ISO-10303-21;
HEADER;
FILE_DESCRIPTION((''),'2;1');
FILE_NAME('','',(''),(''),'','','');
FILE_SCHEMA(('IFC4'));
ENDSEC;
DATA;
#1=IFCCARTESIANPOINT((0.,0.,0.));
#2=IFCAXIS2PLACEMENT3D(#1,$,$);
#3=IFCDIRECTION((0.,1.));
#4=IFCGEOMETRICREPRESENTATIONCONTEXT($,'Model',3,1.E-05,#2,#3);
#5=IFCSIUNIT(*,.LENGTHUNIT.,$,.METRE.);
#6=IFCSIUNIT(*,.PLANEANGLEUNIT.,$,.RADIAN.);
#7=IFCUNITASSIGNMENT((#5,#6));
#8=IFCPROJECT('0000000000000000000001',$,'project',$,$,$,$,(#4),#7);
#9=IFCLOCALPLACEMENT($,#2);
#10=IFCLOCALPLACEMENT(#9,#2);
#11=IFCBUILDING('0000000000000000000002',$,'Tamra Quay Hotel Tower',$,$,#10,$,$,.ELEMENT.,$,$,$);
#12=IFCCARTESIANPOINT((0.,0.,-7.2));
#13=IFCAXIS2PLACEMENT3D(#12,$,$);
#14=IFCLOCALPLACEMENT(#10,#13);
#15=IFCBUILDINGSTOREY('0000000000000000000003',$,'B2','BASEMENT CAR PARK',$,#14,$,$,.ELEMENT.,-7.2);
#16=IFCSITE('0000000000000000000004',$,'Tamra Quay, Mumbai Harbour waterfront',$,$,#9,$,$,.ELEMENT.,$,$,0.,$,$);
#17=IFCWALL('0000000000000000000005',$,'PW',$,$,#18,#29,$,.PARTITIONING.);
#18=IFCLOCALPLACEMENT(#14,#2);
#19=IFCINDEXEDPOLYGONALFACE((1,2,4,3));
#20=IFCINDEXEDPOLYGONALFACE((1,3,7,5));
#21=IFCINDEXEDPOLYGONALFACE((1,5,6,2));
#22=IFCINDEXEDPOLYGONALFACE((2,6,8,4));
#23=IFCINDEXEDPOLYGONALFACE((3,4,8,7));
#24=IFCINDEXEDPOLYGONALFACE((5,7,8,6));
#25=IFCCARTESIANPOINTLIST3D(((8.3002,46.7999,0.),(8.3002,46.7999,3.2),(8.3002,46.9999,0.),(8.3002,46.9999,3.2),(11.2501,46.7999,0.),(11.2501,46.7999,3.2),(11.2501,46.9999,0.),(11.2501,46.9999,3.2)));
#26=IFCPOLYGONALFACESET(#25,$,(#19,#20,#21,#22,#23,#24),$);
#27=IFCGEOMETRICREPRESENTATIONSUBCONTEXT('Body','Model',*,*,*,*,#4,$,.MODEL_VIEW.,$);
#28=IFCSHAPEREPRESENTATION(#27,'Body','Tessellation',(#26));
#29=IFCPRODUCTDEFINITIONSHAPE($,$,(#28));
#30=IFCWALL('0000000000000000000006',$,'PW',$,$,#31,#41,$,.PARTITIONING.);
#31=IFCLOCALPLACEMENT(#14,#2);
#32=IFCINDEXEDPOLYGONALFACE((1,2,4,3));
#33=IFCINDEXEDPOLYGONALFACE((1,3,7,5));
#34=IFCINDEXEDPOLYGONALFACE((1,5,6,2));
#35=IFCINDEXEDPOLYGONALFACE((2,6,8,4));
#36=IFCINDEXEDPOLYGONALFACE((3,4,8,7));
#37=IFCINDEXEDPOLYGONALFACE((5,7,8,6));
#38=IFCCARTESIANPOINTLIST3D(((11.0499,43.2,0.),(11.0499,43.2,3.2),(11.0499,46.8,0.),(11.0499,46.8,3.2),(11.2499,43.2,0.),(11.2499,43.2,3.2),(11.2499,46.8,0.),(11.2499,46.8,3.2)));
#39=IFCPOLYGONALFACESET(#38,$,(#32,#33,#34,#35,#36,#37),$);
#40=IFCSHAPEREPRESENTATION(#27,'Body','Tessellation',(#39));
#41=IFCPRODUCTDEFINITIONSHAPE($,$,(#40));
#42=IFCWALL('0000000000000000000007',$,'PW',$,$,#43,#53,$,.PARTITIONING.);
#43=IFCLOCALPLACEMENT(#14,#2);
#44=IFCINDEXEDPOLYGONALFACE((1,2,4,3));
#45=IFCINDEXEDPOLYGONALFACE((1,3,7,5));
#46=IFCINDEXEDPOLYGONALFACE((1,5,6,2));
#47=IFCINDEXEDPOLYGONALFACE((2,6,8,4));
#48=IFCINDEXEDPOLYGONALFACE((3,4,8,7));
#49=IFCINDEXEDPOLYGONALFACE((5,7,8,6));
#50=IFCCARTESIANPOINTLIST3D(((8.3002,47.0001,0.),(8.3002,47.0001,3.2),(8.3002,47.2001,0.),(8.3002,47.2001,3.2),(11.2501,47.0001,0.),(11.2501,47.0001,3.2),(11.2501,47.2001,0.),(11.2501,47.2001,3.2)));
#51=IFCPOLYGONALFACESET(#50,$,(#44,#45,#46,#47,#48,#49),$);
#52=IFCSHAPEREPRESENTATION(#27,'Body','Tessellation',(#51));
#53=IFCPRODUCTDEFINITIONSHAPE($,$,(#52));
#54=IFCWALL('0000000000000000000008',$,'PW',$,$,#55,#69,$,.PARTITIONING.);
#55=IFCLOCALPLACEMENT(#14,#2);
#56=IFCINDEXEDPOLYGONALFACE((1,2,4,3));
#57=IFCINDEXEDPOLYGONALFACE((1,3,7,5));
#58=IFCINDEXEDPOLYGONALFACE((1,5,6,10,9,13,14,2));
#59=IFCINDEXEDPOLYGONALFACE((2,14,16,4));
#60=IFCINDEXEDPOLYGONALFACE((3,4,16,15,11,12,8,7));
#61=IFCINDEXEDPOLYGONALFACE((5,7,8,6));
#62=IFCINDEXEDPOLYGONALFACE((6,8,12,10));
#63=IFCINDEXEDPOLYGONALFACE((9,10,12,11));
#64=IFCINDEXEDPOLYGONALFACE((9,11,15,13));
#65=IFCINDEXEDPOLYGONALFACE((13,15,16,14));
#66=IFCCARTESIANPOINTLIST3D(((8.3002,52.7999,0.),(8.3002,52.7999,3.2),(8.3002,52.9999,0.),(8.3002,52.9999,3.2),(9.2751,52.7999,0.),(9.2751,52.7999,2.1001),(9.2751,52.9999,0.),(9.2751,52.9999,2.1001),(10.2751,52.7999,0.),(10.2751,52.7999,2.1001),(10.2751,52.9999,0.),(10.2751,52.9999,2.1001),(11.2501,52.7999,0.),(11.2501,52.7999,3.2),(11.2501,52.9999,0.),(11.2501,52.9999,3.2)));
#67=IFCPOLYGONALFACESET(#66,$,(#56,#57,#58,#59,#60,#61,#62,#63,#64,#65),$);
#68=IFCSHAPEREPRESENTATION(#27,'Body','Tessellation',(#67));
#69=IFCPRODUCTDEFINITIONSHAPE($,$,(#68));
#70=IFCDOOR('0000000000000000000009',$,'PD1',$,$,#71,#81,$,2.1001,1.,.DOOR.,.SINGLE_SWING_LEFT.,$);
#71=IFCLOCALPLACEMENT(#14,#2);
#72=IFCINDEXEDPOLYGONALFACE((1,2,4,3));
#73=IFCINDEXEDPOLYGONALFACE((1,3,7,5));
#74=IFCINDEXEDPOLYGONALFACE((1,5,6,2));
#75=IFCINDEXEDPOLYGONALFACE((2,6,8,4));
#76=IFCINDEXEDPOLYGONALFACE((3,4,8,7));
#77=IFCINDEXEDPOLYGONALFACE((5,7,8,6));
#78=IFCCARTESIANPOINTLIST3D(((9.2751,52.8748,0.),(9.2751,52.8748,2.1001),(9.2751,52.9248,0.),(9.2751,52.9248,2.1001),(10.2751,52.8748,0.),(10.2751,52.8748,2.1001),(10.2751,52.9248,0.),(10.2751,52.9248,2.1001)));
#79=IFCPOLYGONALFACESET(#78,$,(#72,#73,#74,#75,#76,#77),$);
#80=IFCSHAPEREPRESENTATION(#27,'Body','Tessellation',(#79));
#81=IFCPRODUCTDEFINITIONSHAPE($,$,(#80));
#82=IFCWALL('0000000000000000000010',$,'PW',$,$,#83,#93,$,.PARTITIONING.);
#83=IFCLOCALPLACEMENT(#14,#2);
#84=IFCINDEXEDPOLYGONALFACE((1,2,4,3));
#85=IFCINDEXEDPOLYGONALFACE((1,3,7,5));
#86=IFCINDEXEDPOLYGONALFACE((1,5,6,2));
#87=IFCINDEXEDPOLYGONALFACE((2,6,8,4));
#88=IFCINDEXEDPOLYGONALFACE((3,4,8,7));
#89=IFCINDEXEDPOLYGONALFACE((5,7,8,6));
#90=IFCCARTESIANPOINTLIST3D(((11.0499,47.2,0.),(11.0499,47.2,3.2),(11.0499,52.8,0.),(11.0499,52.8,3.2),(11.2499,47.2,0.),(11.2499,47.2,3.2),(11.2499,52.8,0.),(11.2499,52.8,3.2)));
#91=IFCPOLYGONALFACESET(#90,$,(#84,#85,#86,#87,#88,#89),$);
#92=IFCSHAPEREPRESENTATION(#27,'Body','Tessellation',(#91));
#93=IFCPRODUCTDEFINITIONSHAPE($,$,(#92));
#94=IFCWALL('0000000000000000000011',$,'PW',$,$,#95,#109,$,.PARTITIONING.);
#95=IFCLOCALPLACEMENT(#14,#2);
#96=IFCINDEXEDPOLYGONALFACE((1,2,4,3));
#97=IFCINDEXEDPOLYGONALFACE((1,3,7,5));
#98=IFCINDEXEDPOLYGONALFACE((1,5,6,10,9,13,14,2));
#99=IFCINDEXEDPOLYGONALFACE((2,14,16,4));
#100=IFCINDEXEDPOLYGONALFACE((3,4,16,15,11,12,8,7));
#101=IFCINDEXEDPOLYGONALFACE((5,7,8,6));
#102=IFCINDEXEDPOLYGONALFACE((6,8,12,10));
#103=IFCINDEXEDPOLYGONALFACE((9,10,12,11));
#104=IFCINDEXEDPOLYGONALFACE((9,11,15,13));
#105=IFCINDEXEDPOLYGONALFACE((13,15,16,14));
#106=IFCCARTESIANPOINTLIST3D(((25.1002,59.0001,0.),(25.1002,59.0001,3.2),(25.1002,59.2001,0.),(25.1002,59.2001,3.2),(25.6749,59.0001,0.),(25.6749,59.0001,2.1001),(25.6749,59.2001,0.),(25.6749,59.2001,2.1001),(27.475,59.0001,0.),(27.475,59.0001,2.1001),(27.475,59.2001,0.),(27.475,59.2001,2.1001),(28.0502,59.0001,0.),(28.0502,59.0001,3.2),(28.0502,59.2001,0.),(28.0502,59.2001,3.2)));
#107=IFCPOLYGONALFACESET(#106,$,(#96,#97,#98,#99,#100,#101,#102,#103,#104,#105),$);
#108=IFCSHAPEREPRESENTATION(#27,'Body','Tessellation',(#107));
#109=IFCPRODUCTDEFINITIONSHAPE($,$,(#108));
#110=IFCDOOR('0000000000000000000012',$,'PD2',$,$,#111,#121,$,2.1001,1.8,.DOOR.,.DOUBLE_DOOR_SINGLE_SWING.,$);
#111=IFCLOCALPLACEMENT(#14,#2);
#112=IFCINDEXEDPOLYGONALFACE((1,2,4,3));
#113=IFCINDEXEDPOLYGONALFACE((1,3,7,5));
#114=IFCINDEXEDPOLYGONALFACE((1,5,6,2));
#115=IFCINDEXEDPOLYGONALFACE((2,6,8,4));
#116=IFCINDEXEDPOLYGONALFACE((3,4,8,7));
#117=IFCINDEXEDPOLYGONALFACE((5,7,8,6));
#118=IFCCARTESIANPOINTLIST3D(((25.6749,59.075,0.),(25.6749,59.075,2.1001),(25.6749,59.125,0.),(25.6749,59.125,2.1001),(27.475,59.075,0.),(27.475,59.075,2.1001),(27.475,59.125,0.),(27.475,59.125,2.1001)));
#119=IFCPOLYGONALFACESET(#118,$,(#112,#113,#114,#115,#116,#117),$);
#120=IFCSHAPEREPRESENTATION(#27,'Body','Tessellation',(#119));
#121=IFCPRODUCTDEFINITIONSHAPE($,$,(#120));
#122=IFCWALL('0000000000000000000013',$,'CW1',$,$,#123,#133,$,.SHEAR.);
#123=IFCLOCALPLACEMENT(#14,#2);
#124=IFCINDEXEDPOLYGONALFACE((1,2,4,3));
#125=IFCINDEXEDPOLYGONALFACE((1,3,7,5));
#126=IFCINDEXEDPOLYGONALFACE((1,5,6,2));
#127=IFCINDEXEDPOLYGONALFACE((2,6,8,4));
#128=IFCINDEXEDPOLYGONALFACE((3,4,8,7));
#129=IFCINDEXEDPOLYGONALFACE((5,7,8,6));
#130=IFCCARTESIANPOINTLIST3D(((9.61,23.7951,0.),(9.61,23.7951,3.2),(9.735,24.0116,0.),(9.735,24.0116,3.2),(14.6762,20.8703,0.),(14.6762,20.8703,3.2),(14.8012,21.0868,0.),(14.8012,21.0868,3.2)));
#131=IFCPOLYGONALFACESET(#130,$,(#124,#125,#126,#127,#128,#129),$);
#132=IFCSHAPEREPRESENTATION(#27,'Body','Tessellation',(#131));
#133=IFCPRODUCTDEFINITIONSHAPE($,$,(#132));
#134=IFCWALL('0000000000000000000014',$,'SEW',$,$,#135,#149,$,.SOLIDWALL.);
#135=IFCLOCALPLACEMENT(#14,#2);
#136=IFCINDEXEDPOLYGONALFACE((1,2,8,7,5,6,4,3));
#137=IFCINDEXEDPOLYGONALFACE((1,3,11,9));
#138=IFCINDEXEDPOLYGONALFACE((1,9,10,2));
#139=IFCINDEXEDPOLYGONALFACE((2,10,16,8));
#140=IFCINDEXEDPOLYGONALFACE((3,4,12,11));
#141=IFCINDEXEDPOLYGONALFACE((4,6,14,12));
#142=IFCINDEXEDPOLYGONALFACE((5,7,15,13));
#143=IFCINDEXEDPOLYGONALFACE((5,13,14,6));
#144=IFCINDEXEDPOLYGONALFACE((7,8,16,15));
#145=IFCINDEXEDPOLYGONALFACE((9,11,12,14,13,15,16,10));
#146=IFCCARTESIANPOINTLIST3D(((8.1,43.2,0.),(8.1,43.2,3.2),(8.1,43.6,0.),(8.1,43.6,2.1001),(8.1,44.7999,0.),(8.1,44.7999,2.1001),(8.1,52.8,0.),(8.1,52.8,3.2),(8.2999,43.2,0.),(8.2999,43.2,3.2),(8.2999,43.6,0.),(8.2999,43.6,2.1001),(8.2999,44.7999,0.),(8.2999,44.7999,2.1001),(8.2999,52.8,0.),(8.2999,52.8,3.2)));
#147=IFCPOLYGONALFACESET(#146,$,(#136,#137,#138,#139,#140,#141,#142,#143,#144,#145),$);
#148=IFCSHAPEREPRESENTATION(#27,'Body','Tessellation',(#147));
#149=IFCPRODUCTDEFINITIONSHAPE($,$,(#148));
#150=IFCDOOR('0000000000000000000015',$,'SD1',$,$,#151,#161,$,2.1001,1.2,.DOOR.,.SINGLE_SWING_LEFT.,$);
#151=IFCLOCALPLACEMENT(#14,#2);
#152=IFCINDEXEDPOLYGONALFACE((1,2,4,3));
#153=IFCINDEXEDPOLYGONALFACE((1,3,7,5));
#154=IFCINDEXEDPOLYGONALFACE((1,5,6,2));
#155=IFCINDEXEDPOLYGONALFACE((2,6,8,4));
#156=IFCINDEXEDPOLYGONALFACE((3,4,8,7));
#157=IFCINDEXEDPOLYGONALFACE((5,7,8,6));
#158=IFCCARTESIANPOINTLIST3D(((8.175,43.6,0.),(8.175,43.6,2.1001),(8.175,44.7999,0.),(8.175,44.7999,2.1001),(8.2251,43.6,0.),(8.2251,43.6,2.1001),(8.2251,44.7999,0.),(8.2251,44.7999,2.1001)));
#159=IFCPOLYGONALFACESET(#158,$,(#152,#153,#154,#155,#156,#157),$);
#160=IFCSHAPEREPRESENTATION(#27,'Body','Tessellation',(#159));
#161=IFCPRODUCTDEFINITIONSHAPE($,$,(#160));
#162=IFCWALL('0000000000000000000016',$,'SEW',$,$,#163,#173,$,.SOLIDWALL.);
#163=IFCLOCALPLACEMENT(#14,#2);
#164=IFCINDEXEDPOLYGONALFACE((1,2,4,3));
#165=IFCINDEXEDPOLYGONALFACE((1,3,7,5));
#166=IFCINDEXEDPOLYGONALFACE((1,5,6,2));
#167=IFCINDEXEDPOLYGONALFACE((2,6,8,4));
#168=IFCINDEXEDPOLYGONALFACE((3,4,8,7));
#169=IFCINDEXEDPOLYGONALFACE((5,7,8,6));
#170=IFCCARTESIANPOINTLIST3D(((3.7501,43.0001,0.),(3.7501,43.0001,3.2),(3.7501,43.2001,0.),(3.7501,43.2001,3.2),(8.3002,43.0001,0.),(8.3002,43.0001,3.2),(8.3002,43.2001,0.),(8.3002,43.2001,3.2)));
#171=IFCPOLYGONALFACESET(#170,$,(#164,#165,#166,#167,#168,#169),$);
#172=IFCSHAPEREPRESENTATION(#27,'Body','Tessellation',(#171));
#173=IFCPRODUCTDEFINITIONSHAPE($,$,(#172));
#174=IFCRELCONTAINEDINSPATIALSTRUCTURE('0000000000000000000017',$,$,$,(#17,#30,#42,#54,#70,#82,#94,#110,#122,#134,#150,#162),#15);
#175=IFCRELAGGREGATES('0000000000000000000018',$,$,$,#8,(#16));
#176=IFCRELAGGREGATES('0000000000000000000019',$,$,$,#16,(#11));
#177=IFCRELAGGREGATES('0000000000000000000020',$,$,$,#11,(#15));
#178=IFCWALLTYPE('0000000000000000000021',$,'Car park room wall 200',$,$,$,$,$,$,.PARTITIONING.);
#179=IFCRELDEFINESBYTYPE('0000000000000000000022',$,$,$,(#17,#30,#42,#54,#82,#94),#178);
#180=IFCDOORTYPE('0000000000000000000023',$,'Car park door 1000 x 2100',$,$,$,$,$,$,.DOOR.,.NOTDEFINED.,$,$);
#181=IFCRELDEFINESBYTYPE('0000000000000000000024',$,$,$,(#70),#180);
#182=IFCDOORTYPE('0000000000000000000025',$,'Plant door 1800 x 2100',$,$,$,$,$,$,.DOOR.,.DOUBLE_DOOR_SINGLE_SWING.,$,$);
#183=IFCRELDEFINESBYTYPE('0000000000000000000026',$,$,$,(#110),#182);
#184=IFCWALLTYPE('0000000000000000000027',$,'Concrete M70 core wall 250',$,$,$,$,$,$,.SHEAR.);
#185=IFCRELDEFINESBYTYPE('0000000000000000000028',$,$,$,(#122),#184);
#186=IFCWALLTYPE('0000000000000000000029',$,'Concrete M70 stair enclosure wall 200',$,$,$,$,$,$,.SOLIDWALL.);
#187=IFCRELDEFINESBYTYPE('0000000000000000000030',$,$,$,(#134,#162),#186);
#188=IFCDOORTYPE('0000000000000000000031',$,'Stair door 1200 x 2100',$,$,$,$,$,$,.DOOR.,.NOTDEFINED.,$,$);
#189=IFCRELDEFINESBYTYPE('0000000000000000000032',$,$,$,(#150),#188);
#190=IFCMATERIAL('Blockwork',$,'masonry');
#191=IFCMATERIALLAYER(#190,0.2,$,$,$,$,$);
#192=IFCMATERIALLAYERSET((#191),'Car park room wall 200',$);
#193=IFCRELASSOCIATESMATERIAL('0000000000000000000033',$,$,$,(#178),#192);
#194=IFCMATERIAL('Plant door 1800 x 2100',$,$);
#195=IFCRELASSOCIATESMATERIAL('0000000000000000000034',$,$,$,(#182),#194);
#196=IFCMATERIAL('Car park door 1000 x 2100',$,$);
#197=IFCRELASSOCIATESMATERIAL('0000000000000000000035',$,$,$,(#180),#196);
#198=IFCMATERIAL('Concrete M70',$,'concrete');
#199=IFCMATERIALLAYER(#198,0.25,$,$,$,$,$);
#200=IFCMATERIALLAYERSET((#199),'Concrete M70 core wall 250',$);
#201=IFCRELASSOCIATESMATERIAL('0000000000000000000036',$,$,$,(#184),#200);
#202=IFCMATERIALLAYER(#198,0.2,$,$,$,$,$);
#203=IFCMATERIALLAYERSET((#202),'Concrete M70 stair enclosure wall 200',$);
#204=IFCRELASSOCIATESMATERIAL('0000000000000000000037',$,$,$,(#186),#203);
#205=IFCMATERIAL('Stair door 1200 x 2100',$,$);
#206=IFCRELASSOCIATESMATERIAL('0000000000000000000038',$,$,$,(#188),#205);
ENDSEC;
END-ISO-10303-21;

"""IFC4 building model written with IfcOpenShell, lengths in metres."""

from ifc_helpers import new_model, si_unit, direction, frame, frame_2d, origin, place, context, subcontext, project, spatial, rectangle, extrude, material, layer, layer_set, type_object, element, fill, save


model = new_model("IFC4")

# Units and contexts
model_context = context("Model", 3, precision=1e-05, world=origin(), true_north=direction((0.0, 1.0)))
body_context = subcontext(model_context, "Body", "Model", "MODEL_VIEW")
ifc_project = project(units=[si_unit("LENGTHUNIT", "METRE"), si_unit("PLANEANGLEUNIT", "RADIAN")], contexts=[model_context])

# Site, building, storey
site_placement = place(None, origin())
site = spatial("IfcSite", under=ifc_project, at=site_placement, Name="Tamra Quay, Mumbai Harbour waterfront", CompositionType="ELEMENT", RefElevation=0.0)
building_placement = place(site_placement, origin())
building = spatial("IfcBuilding", under=site, at=building_placement, Name="Tamra Quay Hotel Tower", CompositionType="ELEMENT")
storey_placement = place(building_placement, frame((0.0, 0.0, -7.2)))
storey = spatial("IfcBuildingStorey", under=building, at=storey_placement, Name="B2", Description="BASEMENT CAR PARK", CompositionType="ELEMENT", Elevation=-7.2)

# Shared definitions
ifc_material_1 = material(Name="Concrete M70", Category="concrete")

# Shared definitions
ifc_material_2 = material(Name="Blockwork", Category="masonry")
ifc_layer_1 = layer(ifc_material_2, 0.2)
ifc_layer_set_1 = layer_set([ifc_layer_1], Name="Car park room wall 200")
wall_type_1 = type_object("IfcWallType", Name="Car park room wall 200", PredefinedType="PARTITIONING", material=ifc_layer_set_1)

# Shared definitions
ifc_material_3 = material(Name="Plant door 1800 x 2100")
door_type_1 = type_object("IfcDoorType", Name="Plant door 1800 x 2100", OperationType="DOUBLE_DOOR_SINGLE_SWING", PredefinedType="DOOR", material=ifc_material_3)

# Walls
wall_1_placement = place(storey_placement, frame((8.3, 46.8999, 0.0), z_axis=(0.0, 0.0, 1.0), x_axis=(1.0, 0.0, 0.0)))
element("IfcWall", 1, at=wall_1_placement, inside=storey, type_object=wall_type_1, Name="PW", PredefinedType="PARTITIONING", context=body_context, shape_type="SweptSolid", body=[
    extrude(rectangle(XDim=2.95, YDim=0.2, at=frame_2d((1.4751, 0.0))), origin(), (0.0, 0.0, 1.0), 3.2),
])
wall_2_placement = place(storey_placement, frame((11.1499, 43.2, 0.0), z_axis=(0.0, 0.0, 1.0), x_axis=(0.0, 1.0, 0.0)))
element("IfcWall", 2, at=wall_2_placement, inside=storey, type_object=wall_type_1, Name="PW", PredefinedType="PARTITIONING", context=body_context, shape_type="SweptSolid", body=[
    extrude(rectangle(XDim=3.6001, YDim=0.2, at=frame_2d((1.8, 0.0))), origin(), (0.0, 0.0, 1.0), 3.2),
])
wall_3_placement = place(storey_placement, frame((8.3, 47.1001, 0.0), z_axis=(0.0, 0.0, 1.0), x_axis=(1.0, 0.0, 0.0)))
element("IfcWall", 3, at=wall_3_placement, inside=storey, type_object=wall_type_1, Name="PW", PredefinedType="PARTITIONING", context=body_context, shape_type="SweptSolid", body=[
    extrude(rectangle(XDim=2.95, YDim=0.2, at=frame_2d((1.4751, 0.0))), origin(), (0.0, 0.0, 1.0), 3.2),
])

# Wall, opening, door
wall_4_placement = place(storey_placement, frame((8.3, 52.8999, 0.0), z_axis=(0.0, 0.0, 1.0), x_axis=(1.0, 0.0, 0.0)))
wall_4 = element("IfcWall", 4, at=wall_4_placement, inside=storey, type_object=wall_type_1, Name="PW", PredefinedType="PARTITIONING", context=body_context, shape_type="SweptSolid", body=[
    extrude(rectangle(XDim=2.95, YDim=0.2, at=frame_2d((1.4751, 0.0))), origin(), (0.0, 0.0, 1.0), 3.2),
])
opening_1_placement = place(wall_4_placement, frame((0.9751, 0.0, 0.0)))
opening_1 = element("IfcOpeningElement", 5, at=opening_1_placement, cuts=wall_4, PredefinedType="OPENING", context=body_context, shape_type="SweptSolid", body=[
    extrude(rectangle(XDim=1.0, YDim=2.1001, at=frame_2d((0.5, 1.05))), frame((0.0, 0.1099, 0.0), z_axis=(0.0, -1.0, 0.0), x_axis=(1.0, 0.0, 0.0)), (0.0, 0.0, 1.0), 0.22),
])
ifc_material_4 = material(Name="Car park door 1000 x 2100")
door_type_2 = type_object("IfcDoorType", Name="Car park door 1000 x 2100", OperationType="NOTDEFINED", PredefinedType="DOOR", material=ifc_material_4)
door_1_placement = place(opening_1_placement, origin())
door_1 = element("IfcDoor", 6, at=door_1_placement, inside=storey, type_object=door_type_2, Name="PD1", OperationType="SINGLE_SWING_LEFT", OverallHeight=2.1001, OverallWidth=1.0, PredefinedType="DOOR", context=body_context, shape_type="SweptSolid", body=[
    extrude(rectangle(XDim=1.0, YDim=2.1001, at=frame_2d((0.5, 1.05))), frame((0.0, 0.0249, 0.0), z_axis=(0.0, -1.0, 0.0), x_axis=(1.0, 0.0, 0.0)), (0.0, 0.0, 1.0), 0.05),
])
fill(opening_1, door_1)

# Wall
wall_5_placement = place(storey_placement, frame((11.1499, 47.2, 0.0), z_axis=(0.0, 0.0, 1.0), x_axis=(0.0, 1.0, 0.0)))
element("IfcWall", 7, at=wall_5_placement, inside=storey, type_object=wall_type_1, Name="PW", PredefinedType="PARTITIONING", context=body_context, shape_type="SweptSolid", body=[
    extrude(rectangle(XDim=5.6001, YDim=0.2, at=frame_2d((2.8, 0.0))), origin(), (0.0, 0.0, 1.0), 3.2),
])

# Wall, opening, door
wall_6_placement = place(storey_placement, frame((25.1001, 59.1001, 0.0), z_axis=(0.0, 0.0, 1.0), x_axis=(1.0, 0.0, 0.0)))
wall_6 = element("IfcWall", 8, at=wall_6_placement, inside=storey, type_object=wall_type_1, Name="PW", PredefinedType="PARTITIONING", context=body_context, shape_type="SweptSolid", body=[
    extrude(rectangle(XDim=2.95, YDim=0.2, at=frame_2d((1.4751, 0.0))), origin(), (0.0, 0.0, 1.0), 3.2),
])
opening_2_placement = place(wall_6_placement, frame((0.575, 0.0, 0.0)))
opening_2 = element("IfcOpeningElement", 9, at=opening_2_placement, cuts=wall_6, PredefinedType="OPENING", context=body_context, shape_type="SweptSolid", body=[
    extrude(rectangle(XDim=1.8, YDim=2.1001, at=frame_2d((0.8999, 1.05))), frame((0.0, 0.1099, 0.0), z_axis=(0.0, -1.0, 0.0), x_axis=(1.0, 0.0, 0.0)), (0.0, 0.0, 1.0), 0.22),
])
door_2_placement = place(opening_2_placement, origin())
door_2 = element("IfcDoor", 10, at=door_2_placement, inside=storey, type_object=door_type_1, Name="PD2", OperationType="DOUBLE_DOOR_SINGLE_SWING", OverallHeight=2.1001, OverallWidth=1.8, PredefinedType="DOOR", context=body_context, shape_type="SweptSolid", body=[
    extrude(rectangle(XDim=1.8, YDim=2.1001, at=frame_2d((0.8999, 1.05))), frame((0.0, 0.0249, 0.0), z_axis=(0.0, -1.0, 0.0), x_axis=(1.0, 0.0, 0.0)), (0.0, 0.0, 1.0), 0.05),
])
fill(opening_2, door_2)

# Wall
ifc_layer_2 = layer(ifc_material_1, 0.25)
ifc_layer_set_2 = layer_set([ifc_layer_2], Name="Concrete M70 core wall 250")
wall_type_2 = type_object("IfcWallType", Name="Concrete M70 core wall 250", PredefinedType="SHEAR", material=ifc_layer_set_2)
wall_7_placement = place(storey_placement, frame((9.6726, 23.9033, 0.0), z_axis=(0.0, 0.0, 1.0), x_axis=(0.866036, -0.499981, 0.0)))
element("IfcWall", 11, at=wall_7_placement, inside=storey, type_object=wall_type_2, Name="CW1", PredefinedType="SHEAR", context=body_context, shape_type="SweptSolid", body=[
    extrude(rectangle(XDim=5.8499, YDim=0.25, at=frame_2d((2.9248, 0.0))), origin(), (0.0, 0.0, 1.0), 3.2),
])

# Wall, opening, door
ifc_layer_3 = layer(ifc_material_1, 0.2)
ifc_layer_set_3 = layer_set([ifc_layer_3], Name="Concrete M70 stair enclosure wall 200")
wall_type_3 = type_object("IfcWallType", Name="Concrete M70 stair enclosure wall 200", PredefinedType="SOLIDWALL", material=ifc_layer_set_3)
wall_8_placement = place(storey_placement, frame((8.2, 43.2, 0.0), z_axis=(0.0, 0.0, 1.0), x_axis=(0.0, 1.0, 0.0)))
wall_8 = element("IfcWall", 12, at=wall_8_placement, inside=storey, type_object=wall_type_3, Name="SEW", PredefinedType="SOLIDWALL", context=body_context, shape_type="SweptSolid", body=[
    extrude(rectangle(XDim=9.6001, YDim=0.2, at=frame_2d((4.8, 0.0))), origin(), (0.0, 0.0, 1.0), 3.2),
])
opening_3_placement = place(wall_8_placement, frame((0.3999, 0.0, 0.0)))
opening_3 = element("IfcOpeningElement", 13, at=opening_3_placement, cuts=wall_8, PredefinedType="OPENING", context=body_context, shape_type="SweptSolid", body=[
    extrude(rectangle(XDim=1.2, YDim=2.1001, at=frame_2d((0.6001, 1.05))), frame((0.0, 0.1099, 0.0), z_axis=(0.0, -1.0, 0.0), x_axis=(1.0, 0.0, 0.0)), (0.0, 0.0, 1.0), 0.22),
])
ifc_material_5 = material(Name="Stair door 1200 x 2100")
door_type_3 = type_object("IfcDoorType", Name="Stair door 1200 x 2100", OperationType="NOTDEFINED", PredefinedType="DOOR", material=ifc_material_5)
door_3_placement = place(opening_3_placement, origin())
door_3 = element("IfcDoor", 14, at=door_3_placement, inside=storey, type_object=door_type_3, Name="SD1", OperationType="SINGLE_SWING_LEFT", OverallHeight=2.1001, OverallWidth=1.2, PredefinedType="DOOR", context=body_context, shape_type="SweptSolid", body=[
    extrude(rectangle(XDim=1.2, YDim=2.1001, at=frame_2d((0.6001, 1.05))), frame((0.0, 0.0249, 0.0), z_axis=(0.0, -1.0, 0.0), x_axis=(1.0, 0.0, 0.0)), (0.0, 0.0, 1.0), 0.05),
])
fill(opening_3, door_3)

# Wall
for number, where, z_axis, x_axis, name in (
    (15, (8.3, 43.1001, 0.0), (0.0, 0.0, 1.0), (-1.0, 0.0, 0.0), "SEW"),
):
    element("IfcWall", number, at=place(storey_placement, frame(where, z_axis=z_axis, x_axis=x_axis)), inside=storey, type_object=wall_type_3, Name=name, PredefinedType="SOLIDWALL", context=body_context, shape_type="SweptSolid", body=[
        extrude(rectangle(XDim=4.55, YDim=0.2, at=frame_2d((2.2749, 0.0))), origin(), (0.0, 0.0, 1.0), 3.2),
    ])

save(model, "model.ifc")
